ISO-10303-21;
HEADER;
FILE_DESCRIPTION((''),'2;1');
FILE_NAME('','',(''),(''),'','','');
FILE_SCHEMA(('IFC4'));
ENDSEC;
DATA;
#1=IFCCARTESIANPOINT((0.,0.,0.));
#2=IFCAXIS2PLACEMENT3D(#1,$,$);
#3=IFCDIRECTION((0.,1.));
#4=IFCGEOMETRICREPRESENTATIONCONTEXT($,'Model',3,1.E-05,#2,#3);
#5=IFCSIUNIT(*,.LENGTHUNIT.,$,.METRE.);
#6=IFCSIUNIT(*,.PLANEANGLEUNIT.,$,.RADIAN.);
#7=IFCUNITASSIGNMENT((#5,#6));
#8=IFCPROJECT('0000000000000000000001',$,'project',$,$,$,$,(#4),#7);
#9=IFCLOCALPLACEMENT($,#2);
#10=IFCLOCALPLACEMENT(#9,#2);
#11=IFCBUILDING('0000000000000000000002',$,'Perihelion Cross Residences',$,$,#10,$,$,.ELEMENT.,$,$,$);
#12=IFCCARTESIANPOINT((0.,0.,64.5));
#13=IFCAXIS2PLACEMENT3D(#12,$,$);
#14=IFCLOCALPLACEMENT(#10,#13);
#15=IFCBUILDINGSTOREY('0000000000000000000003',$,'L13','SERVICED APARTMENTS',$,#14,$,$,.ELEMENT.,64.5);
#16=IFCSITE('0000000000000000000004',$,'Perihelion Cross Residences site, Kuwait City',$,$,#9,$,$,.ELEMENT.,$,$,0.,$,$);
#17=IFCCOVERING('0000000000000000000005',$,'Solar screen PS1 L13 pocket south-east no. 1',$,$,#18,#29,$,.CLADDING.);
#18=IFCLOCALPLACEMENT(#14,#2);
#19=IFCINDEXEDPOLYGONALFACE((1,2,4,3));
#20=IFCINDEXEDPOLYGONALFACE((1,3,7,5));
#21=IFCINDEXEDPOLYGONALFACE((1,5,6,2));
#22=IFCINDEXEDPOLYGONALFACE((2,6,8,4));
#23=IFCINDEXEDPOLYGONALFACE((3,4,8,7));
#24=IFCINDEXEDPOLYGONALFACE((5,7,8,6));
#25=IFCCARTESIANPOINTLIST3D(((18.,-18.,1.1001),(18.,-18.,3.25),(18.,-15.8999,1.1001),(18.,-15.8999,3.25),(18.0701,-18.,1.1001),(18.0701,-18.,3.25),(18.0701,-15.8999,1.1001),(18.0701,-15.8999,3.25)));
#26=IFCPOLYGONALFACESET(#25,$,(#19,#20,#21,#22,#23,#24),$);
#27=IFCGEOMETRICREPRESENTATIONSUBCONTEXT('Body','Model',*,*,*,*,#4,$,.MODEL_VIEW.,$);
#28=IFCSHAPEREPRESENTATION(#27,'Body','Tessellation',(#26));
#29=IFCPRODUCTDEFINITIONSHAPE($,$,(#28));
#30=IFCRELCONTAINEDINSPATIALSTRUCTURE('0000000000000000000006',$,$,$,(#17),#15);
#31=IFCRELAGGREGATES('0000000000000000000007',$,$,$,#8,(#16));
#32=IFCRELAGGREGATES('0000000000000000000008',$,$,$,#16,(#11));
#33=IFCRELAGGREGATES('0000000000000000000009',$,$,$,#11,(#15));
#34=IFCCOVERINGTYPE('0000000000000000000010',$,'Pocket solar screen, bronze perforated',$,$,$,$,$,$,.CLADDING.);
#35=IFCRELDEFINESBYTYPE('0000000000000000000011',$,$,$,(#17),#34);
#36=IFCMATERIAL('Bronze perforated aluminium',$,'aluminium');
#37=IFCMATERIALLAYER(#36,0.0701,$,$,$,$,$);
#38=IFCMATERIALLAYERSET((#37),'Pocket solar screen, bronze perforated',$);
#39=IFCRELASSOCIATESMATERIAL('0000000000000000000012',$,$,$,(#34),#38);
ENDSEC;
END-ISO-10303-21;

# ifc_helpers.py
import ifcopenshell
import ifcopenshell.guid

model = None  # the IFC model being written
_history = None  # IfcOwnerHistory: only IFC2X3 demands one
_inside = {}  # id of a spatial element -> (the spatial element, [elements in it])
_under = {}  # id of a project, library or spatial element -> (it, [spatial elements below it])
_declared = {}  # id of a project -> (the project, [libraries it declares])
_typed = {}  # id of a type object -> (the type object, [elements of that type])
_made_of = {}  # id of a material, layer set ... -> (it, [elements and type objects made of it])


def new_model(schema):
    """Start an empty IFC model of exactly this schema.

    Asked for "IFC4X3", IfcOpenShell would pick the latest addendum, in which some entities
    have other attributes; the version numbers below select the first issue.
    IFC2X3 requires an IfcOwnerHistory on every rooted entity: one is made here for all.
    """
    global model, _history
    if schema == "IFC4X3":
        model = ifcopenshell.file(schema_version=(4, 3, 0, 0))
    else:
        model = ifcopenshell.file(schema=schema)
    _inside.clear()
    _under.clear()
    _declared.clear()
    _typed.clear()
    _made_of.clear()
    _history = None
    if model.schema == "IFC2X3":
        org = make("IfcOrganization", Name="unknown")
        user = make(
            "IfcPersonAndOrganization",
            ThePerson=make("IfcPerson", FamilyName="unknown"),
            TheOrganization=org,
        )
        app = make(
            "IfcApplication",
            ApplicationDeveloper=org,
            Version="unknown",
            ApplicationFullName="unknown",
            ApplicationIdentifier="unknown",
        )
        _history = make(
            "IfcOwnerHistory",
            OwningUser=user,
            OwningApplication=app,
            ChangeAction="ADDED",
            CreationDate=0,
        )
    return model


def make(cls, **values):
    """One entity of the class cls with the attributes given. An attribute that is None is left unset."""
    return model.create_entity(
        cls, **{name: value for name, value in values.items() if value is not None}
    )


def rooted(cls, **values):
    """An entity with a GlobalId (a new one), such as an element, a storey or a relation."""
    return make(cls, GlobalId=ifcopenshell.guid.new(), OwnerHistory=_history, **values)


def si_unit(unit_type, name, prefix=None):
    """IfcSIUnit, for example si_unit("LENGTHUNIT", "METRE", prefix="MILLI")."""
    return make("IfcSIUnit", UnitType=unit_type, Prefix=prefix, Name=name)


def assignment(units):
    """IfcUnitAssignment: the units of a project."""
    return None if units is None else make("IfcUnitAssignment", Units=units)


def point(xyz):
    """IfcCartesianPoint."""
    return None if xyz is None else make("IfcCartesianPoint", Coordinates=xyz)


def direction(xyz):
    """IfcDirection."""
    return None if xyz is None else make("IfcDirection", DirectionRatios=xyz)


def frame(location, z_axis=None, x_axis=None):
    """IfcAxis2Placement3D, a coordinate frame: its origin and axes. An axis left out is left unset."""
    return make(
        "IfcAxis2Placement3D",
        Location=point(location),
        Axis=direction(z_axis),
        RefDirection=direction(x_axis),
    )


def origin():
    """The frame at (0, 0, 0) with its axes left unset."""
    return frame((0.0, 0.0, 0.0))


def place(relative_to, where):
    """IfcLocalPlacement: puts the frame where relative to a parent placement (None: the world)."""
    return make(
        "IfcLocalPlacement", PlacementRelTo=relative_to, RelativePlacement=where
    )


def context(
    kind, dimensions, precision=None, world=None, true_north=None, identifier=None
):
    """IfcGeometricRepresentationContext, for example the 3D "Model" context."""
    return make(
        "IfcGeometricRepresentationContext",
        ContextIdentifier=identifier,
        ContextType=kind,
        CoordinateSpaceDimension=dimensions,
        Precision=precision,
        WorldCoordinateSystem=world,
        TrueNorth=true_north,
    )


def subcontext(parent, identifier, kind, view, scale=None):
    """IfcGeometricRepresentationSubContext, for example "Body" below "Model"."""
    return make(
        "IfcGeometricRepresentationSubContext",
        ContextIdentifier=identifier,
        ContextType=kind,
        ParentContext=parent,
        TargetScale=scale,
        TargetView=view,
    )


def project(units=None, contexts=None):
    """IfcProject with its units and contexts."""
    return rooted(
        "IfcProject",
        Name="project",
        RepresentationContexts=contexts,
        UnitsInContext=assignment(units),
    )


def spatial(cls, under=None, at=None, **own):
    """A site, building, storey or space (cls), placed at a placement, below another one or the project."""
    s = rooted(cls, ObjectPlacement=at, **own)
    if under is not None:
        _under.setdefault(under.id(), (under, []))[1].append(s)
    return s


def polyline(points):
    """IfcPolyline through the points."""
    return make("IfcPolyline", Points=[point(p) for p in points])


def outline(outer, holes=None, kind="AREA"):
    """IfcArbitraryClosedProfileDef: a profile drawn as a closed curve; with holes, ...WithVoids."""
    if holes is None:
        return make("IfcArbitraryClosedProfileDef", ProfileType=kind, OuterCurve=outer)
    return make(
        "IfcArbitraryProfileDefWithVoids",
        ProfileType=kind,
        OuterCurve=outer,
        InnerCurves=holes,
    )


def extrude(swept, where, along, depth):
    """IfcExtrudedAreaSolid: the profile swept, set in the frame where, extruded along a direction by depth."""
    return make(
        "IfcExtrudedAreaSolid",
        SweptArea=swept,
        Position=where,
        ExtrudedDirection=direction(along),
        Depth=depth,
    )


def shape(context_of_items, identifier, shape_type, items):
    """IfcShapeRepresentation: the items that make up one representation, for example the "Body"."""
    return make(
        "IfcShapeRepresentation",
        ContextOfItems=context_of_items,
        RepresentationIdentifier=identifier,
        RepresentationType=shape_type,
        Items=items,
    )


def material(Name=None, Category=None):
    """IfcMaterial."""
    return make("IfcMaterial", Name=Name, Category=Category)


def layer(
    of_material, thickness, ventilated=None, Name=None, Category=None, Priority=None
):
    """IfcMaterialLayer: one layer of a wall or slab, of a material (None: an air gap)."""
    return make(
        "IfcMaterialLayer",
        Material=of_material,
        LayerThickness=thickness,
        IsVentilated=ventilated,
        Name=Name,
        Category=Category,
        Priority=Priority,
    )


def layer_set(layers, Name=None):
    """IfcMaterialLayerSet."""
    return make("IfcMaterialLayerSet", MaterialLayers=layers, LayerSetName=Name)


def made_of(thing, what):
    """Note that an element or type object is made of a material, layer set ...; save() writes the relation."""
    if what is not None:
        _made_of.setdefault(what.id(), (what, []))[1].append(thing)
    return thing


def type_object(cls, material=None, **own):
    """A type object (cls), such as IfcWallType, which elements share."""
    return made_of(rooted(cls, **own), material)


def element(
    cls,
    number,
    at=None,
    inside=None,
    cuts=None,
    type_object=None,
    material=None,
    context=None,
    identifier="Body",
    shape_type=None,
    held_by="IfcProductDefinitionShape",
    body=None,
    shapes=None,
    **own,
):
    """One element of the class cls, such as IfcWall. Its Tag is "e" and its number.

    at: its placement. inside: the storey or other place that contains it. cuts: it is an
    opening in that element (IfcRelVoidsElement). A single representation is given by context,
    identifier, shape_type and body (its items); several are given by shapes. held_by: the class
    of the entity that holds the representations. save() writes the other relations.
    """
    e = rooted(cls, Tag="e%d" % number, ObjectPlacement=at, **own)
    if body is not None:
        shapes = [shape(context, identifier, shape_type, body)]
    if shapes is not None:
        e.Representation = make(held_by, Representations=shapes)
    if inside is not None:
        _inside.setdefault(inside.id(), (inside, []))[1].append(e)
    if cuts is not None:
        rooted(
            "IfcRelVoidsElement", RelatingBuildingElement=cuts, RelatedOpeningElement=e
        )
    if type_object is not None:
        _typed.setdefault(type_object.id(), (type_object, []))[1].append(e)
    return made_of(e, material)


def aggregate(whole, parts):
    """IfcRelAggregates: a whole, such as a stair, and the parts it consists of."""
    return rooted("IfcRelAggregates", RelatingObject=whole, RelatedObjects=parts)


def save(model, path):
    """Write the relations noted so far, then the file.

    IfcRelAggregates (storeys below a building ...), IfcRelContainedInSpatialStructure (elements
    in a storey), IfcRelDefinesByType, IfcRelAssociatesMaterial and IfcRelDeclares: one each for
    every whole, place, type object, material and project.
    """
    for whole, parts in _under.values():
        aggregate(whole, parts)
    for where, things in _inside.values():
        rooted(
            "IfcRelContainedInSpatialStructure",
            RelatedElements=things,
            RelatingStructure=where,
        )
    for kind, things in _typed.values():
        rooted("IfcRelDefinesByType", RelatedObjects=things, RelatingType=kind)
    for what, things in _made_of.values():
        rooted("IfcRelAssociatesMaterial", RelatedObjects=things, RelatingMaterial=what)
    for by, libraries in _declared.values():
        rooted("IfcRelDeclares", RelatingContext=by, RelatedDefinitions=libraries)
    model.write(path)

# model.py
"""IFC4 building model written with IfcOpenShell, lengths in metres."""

from ifc_helpers import new_model, si_unit, direction, frame, origin, place, context, subcontext, project, spatial, polyline, outline, extrude, material, layer, layer_set, type_object, element, save


model = new_model("IFC4")

# Units and contexts
model_context = context("Model", 3, precision=1e-05, world=origin(), true_north=direction((0.0, 1.0)))
body_context = subcontext(model_context, "Body", "Model", "MODEL_VIEW")
ifc_project = project(units=[si_unit("LENGTHUNIT", "METRE"), si_unit("PLANEANGLEUNIT", "RADIAN")], contexts=[model_context])

# Site, building, storey
site_placement = place(None, origin())
site = spatial("IfcSite", under=ifc_project, at=site_placement, Name="Perihelion Cross Residences site, Kuwait City", CompositionType="ELEMENT", RefElevation=0.0)
building_placement = place(site_placement, origin())
building = spatial("IfcBuilding", under=site, at=building_placement, Name="Perihelion Cross Residences", CompositionType="ELEMENT")
storey_placement = place(building_placement, frame((0.0, 0.0, 64.5)))
storey = spatial("IfcBuildingStorey", under=building, at=storey_placement, Name="L13", Description="SERVICED APARTMENTS", CompositionType="ELEMENT", Elevation=64.5)

# Covering
ifc_material_1 = material(Name="Bronze perforated aluminium", Category="aluminium")
ifc_layer_1 = layer(ifc_material_1, 0.0701)
ifc_layer_set_1 = layer_set([ifc_layer_1], Name="Pocket solar screen, bronze perforated")
covering_type_1 = type_object("IfcCoveringType", Name="Pocket solar screen, bronze perforated", PredefinedType="CLADDING", material=ifc_layer_set_1)
covering_1_placement = place(storey_placement, frame((0.0, 0.0, 1.1001)))
element("IfcCovering", 1, at=covering_1_placement, inside=storey, type_object=covering_type_1, Name="Solar screen PS1 L13 pocket south-east no. 1", PredefinedType="CLADDING", context=body_context, shape_type="SweptSolid", body=[
    extrude(outline(polyline([(18.0701, -18.0), (18.0701, -15.8999), (18.0, -15.8999), (18.0, -18.0), (18.0701, -18.0)])), origin(), (0.0, 0.0, 1.0), 2.1499),
])

save(model, "model.ifc")
